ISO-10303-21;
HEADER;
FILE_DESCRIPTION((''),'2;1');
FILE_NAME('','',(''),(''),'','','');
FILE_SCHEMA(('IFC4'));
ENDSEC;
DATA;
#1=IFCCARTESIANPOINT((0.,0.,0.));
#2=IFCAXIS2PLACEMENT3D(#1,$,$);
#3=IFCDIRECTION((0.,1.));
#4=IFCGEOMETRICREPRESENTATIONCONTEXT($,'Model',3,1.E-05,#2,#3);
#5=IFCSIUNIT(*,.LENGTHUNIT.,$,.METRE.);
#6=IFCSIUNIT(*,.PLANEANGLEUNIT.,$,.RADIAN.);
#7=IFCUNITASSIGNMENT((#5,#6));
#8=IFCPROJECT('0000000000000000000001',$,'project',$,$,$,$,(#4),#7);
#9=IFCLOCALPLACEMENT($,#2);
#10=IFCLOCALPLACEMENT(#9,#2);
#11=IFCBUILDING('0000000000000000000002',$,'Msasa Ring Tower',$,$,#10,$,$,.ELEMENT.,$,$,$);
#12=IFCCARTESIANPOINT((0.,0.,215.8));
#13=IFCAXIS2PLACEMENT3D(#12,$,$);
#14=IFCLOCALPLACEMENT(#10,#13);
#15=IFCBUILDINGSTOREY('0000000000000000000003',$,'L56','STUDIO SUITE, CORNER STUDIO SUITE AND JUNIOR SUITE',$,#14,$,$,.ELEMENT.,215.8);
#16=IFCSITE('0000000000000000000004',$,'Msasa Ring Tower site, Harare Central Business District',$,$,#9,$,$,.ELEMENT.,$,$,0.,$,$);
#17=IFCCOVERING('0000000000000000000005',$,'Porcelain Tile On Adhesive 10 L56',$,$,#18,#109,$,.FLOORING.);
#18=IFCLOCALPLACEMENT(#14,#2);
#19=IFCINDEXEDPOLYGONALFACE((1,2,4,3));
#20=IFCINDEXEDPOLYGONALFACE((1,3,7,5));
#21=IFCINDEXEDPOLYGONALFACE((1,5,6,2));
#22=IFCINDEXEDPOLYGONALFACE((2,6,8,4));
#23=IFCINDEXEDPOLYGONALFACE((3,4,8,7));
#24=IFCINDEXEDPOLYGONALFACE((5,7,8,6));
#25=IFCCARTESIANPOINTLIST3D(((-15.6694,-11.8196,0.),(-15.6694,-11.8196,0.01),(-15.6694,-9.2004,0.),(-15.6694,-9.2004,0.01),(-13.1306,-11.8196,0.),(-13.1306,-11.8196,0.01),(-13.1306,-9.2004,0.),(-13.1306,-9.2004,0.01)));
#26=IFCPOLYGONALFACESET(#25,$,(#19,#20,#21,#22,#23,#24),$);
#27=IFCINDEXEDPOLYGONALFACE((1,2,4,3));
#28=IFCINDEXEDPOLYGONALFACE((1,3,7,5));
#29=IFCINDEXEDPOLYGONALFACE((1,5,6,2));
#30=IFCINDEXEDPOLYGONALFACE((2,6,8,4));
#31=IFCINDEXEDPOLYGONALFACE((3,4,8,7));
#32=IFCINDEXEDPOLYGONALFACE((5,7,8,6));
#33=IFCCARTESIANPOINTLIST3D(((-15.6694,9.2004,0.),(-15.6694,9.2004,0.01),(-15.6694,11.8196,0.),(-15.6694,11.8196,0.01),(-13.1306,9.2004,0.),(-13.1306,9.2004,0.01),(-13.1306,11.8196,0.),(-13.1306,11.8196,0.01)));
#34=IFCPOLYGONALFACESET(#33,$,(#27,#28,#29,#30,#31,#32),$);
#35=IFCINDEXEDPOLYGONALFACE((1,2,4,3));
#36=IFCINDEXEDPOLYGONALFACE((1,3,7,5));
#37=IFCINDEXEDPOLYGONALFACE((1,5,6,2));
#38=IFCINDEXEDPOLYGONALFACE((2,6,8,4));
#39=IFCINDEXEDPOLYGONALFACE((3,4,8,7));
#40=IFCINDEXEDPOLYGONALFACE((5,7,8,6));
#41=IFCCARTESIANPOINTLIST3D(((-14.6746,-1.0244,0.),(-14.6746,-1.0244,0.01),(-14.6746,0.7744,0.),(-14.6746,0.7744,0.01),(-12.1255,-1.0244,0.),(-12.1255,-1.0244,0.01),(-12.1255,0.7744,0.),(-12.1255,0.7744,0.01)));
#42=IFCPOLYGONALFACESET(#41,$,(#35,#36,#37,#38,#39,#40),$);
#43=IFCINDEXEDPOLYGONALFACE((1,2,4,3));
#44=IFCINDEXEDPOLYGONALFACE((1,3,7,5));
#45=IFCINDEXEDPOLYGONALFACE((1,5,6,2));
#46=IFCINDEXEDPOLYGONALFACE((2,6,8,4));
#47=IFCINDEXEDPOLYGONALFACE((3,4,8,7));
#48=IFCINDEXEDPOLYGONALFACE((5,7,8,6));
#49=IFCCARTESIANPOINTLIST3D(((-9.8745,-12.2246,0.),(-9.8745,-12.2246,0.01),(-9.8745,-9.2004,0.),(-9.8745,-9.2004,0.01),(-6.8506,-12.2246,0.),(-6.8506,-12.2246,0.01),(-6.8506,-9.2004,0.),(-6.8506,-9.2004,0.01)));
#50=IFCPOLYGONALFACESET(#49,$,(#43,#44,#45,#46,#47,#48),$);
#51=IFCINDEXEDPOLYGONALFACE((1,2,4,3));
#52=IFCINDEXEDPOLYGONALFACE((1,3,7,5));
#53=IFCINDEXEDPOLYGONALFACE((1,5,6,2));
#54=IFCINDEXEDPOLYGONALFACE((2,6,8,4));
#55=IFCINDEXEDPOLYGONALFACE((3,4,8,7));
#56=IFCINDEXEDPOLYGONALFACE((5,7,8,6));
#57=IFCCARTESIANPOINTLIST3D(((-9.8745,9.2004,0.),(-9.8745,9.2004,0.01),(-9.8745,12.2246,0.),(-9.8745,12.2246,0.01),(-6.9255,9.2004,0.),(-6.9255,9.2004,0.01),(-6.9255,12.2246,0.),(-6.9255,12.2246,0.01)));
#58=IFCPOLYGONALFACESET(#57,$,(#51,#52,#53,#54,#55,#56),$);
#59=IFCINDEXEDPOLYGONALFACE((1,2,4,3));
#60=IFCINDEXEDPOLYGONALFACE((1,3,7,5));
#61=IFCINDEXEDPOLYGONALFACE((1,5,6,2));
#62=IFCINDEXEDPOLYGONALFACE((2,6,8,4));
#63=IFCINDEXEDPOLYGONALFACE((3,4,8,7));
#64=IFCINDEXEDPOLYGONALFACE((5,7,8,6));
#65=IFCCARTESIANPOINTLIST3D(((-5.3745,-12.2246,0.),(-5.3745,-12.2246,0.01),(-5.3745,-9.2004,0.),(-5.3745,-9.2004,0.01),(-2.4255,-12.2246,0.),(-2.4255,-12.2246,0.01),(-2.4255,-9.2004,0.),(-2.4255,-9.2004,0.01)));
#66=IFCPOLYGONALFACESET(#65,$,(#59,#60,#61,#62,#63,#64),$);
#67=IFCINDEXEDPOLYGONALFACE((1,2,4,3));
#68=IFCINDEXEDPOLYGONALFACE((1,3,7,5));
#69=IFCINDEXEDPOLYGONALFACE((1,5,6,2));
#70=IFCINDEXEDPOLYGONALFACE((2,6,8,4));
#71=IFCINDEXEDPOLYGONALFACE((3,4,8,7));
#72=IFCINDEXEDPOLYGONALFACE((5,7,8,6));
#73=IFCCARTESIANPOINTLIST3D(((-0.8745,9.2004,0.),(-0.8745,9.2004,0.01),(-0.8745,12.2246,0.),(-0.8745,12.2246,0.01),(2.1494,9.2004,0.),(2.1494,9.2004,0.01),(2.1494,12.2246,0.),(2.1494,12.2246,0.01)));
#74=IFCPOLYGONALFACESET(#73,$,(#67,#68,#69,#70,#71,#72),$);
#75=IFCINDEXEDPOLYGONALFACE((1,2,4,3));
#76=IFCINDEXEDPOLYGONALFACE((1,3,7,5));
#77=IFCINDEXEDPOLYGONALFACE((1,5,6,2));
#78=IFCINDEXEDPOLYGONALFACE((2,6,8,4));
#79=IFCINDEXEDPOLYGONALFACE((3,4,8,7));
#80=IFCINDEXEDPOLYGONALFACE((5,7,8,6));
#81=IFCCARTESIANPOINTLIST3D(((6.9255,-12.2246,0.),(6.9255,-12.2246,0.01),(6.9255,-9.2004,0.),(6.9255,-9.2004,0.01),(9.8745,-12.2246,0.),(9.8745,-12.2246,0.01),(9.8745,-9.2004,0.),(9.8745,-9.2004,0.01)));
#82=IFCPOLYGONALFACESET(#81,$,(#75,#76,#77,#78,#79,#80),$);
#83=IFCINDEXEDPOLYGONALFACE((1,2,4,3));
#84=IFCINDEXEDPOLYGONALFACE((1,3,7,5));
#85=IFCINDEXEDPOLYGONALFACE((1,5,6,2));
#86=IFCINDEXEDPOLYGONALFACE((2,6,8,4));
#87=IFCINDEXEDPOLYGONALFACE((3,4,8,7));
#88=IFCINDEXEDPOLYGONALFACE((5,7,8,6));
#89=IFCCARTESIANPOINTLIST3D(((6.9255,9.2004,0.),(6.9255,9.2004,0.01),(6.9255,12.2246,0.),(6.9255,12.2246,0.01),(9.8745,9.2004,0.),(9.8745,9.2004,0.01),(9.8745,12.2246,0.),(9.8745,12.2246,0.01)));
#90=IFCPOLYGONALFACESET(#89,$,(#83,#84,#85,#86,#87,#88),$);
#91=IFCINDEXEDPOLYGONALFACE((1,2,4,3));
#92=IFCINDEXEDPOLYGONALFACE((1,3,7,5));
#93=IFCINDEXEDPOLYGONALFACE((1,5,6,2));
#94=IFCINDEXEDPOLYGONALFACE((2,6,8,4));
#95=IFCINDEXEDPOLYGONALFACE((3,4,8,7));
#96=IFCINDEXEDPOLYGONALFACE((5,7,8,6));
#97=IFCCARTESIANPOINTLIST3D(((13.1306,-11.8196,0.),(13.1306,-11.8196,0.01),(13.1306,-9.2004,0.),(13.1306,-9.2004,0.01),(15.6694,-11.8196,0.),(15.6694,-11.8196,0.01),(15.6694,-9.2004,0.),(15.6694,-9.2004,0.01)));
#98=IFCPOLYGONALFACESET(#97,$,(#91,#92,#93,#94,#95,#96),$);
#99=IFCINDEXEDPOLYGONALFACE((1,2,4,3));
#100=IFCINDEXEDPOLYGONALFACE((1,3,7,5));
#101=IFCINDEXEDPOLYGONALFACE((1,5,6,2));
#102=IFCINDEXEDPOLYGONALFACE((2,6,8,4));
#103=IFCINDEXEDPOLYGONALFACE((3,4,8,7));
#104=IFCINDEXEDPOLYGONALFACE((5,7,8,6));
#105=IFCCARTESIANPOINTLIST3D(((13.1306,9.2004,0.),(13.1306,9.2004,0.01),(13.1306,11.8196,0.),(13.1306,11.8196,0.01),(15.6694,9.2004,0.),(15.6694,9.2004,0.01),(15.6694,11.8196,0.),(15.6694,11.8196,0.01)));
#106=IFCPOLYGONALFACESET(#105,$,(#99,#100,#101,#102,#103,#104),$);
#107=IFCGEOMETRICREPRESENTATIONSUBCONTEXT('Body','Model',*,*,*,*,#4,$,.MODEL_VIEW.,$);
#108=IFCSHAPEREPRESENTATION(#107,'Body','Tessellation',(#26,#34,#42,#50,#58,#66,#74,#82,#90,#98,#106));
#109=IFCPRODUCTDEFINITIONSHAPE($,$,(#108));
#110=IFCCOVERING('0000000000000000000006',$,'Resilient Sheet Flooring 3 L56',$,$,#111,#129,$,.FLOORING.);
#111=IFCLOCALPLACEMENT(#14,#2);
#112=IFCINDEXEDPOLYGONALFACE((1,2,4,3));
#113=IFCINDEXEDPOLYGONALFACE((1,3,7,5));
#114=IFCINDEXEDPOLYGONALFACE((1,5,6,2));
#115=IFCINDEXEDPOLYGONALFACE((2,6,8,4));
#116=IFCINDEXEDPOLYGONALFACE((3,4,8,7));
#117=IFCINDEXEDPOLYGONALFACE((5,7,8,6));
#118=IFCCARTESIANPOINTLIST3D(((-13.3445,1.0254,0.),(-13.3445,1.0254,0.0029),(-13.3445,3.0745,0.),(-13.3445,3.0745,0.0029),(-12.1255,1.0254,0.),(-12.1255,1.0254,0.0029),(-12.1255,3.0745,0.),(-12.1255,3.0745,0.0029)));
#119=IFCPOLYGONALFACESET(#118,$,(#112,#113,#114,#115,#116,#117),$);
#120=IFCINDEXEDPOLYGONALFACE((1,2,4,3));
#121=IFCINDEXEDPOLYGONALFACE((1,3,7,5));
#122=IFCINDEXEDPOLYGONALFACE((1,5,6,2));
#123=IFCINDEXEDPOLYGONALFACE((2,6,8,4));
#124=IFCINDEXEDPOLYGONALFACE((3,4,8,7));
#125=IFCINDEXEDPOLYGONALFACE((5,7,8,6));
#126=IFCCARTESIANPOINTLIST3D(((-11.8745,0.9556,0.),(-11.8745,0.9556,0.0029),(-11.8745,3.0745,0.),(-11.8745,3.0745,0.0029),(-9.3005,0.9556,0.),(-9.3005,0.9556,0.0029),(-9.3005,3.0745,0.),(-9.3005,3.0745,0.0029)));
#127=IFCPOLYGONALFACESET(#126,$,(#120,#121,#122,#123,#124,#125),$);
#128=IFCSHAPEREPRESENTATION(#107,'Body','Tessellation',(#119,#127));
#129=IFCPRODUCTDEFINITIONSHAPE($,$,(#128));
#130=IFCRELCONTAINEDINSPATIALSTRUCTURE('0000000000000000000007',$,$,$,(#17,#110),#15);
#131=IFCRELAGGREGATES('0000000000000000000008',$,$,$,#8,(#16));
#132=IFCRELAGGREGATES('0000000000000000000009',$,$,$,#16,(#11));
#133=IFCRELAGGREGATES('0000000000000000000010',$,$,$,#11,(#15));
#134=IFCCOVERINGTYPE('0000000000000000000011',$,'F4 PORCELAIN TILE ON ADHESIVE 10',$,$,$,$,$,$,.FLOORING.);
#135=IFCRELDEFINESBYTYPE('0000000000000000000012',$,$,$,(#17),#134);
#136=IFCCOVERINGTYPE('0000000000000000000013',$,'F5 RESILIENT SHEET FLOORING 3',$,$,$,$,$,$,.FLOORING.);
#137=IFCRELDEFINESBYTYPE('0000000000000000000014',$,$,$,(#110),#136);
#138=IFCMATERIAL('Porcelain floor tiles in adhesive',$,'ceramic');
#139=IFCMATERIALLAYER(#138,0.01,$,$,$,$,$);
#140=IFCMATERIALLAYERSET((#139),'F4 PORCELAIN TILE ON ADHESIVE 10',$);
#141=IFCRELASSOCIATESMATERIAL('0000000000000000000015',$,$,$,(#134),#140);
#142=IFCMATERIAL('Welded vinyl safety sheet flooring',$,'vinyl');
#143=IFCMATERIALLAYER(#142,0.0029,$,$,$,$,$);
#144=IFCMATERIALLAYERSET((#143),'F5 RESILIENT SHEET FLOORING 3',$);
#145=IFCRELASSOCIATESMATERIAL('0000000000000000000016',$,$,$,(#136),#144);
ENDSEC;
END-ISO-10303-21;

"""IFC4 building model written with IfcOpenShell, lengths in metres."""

from ifc_helpers import new_model, si_unit, direction, frame, origin, place, context, subcontext, project, spatial, line, indexed_curve, outline, extrude, material, layer, layer_set, type_object, element, save


model = new_model("IFC4")

# Units and contexts
model_context = context("Model", 3, precision=1e-05, world=origin(), true_north=direction((0.0, 1.0)))
body_context = subcontext(model_context, "Body", "Model", "MODEL_VIEW")
ifc_project = project(units=[si_unit("LENGTHUNIT", "METRE"), si_unit("PLANEANGLEUNIT", "RADIAN")], contexts=[model_context])

# Site, building, storey
site_placement = place(None, origin())
site = spatial("IfcSite", under=ifc_project, at=site_placement, Name="Msasa Ring Tower site, Harare Central Business District", CompositionType="ELEMENT", RefElevation=0.0)
building_placement = place(site_placement, origin())
building = spatial("IfcBuilding", under=site, at=building_placement, Name="Msasa Ring Tower", CompositionType="ELEMENT")
storey_placement = place(building_placement, frame((0.0, 0.0, 215.8)))
storey = spatial("IfcBuildingStorey", under=building, at=storey_placement, Name="L56", Description="STUDIO SUITE, CORNER STUDIO SUITE AND JUNIOR SUITE", CompositionType="ELEMENT", Elevation=215.8)

# Coverings
ifc_material_1 = material(Name="Porcelain floor tiles in adhesive", Category="ceramic")
ifc_layer_1 = layer(ifc_material_1, 0.01)
ifc_layer_set_1 = layer_set([ifc_layer_1], Name="F4 PORCELAIN TILE ON ADHESIVE 10")
covering_type_1 = type_object("IfcCoveringType", Name="F4 PORCELAIN TILE ON ADHESIVE 10", PredefinedType="FLOORING", material=ifc_layer_set_1)
covering_1_placement = place(storey_placement, origin())
element("IfcCovering", 1, at=covering_1_placement, inside=storey, type_object=covering_type_1, Name="Porcelain Tile On Adhesive 10 L56", PredefinedType="FLOORING", context=body_context, shape_type="SweptSolid", body=[
    extrude(outline(indexed_curve([(-15.6694, -9.2004), (-13.1306, -9.2004), (-13.1306, -11.8196), (-15.6694, -11.8196)], segments=[line(1, 2, 3, 4, 1)], self_intersect=False)), origin(), (0.0, 0.0, 1.0), 0.01),
    extrude(outline(indexed_curve([(-13.1306, 11.8196), (-13.1306, 9.2004), (-15.6694, 9.2004), (-15.6694, 11.8196)], segments=[line(1, 2, 3, 4, 1)], self_intersect=False)), origin(), (0.0, 0.0, 1.0), 0.01),
    extrude(outline(indexed_curve([(-12.1255, -1.0244), (-14.6746, -1.0244), (-14.6746, 0.7744), (-12.1255, 0.7744)], segments=[line(1, 2, 3, 4, 1)], self_intersect=False)), origin(), (0.0, 0.0, 1.0), 0.01),
    extrude(outline(indexed_curve([(-6.8506, -9.2004), (-6.8506, -12.2246), (-9.8745, -12.2246), (-9.8745, -9.2004)], segments=[line(1, 2, 3, 4, 1)], self_intersect=False)), origin(), (0.0, 0.0, 1.0), 0.01),
    extrude(outline(indexed_curve([(-9.8745, 9.2004), (-9.8745, 12.2246), (-6.9255, 12.2246), (-6.9255, 9.2004)], segments=[line(1, 2, 3, 4, 1)], self_intersect=False)), origin(), (0.0, 0.0, 1.0), 0.01),
    extrude(outline(indexed_curve([(-2.4255, -9.2004), (-2.4255, -12.2246), (-5.3745, -12.2246), (-5.3745, -9.2004)], segments=[line(1, 2, 3, 4, 1)], self_intersect=False)), origin(), (0.0, 0.0, 1.0), 0.01),
    extrude(outline(indexed_curve([(2.1494, 9.2004), (-0.8745, 9.2004), (-0.8745, 12.2246), (2.1494, 12.2246)], segments=[line(1, 2, 3, 4, 1)], self_intersect=False)), origin(), (0.0, 0.0, 1.0), 0.01),
    extrude(outline(indexed_curve([(9.8745, -9.2004), (9.8745, -12.2246), (6.9255, -12.2246), (6.9255, -9.2004)], segments=[line(1, 2, 3, 4, 1)], self_intersect=False)), origin(), (0.0, 0.0, 1.0), 0.01),
    extrude(outline(indexed_curve([(6.9255, 9.2004), (6.9255, 12.2246), (9.8745, 12.2246), (9.8745, 9.2004)], segments=[line(1, 2, 3, 4, 1)], self_intersect=False)), origin(), (0.0, 0.0, 1.0), 0.01),
    extrude(outline(indexed_curve([(15.6694, -9.2004), (15.6694, -11.8196), (13.1306, -11.8196), (13.1306, -9.2004)], segments=[line(1, 2, 3, 4, 1)], self_intersect=False)), origin(), (0.0, 0.0, 1.0), 0.01),
    extrude(outline(indexed_curve([(13.1306, 11.8196), (15.6694, 11.8196), (15.6694, 9.2004), (13.1306, 9.2004)], segments=[line(1, 2, 3, 4, 1)], self_intersect=False)), origin(), (0.0, 0.0, 1.0), 0.01),
])
ifc_material_2 = material(Name="Welded vinyl safety sheet flooring", Category="vinyl")
ifc_layer_2 = layer(ifc_material_2, 0.0029)
ifc_layer_set_2 = layer_set([ifc_layer_2], Name="F5 RESILIENT SHEET FLOORING 3")
covering_type_2 = type_object("IfcCoveringType", Name="F5 RESILIENT SHEET FLOORING 3", PredefinedType="FLOORING", material=ifc_layer_set_2)
covering_2_placement = place(storey_placement, origin())
element("IfcCovering", 2, at=covering_2_placement, inside=storey, type_object=covering_type_2, Name="Resilient Sheet Flooring 3 L56", PredefinedType="FLOORING", context=body_context, shape_type="SweptSolid", body=[
    extrude(outline(indexed_curve([(-12.1255, 1.0254), (-13.3445, 1.0254), (-13.3445, 3.0745), (-12.1255, 3.0745)], segments=[line(1, 2, 3, 4, 1)], self_intersect=False)), origin(), (0.0, 0.0, 1.0), 0.0029),
    extrude(outline(indexed_curve([(-9.3005, 0.9556), (-11.8745, 0.9556), (-11.8745, 3.0745), (-9.3005, 3.0745)], segments=[line(1, 2, 3, 4, 1)], self_intersect=False)), origin(), (0.0, 0.0, 1.0), 0.0029),
])

save(model, "model.ifc")
